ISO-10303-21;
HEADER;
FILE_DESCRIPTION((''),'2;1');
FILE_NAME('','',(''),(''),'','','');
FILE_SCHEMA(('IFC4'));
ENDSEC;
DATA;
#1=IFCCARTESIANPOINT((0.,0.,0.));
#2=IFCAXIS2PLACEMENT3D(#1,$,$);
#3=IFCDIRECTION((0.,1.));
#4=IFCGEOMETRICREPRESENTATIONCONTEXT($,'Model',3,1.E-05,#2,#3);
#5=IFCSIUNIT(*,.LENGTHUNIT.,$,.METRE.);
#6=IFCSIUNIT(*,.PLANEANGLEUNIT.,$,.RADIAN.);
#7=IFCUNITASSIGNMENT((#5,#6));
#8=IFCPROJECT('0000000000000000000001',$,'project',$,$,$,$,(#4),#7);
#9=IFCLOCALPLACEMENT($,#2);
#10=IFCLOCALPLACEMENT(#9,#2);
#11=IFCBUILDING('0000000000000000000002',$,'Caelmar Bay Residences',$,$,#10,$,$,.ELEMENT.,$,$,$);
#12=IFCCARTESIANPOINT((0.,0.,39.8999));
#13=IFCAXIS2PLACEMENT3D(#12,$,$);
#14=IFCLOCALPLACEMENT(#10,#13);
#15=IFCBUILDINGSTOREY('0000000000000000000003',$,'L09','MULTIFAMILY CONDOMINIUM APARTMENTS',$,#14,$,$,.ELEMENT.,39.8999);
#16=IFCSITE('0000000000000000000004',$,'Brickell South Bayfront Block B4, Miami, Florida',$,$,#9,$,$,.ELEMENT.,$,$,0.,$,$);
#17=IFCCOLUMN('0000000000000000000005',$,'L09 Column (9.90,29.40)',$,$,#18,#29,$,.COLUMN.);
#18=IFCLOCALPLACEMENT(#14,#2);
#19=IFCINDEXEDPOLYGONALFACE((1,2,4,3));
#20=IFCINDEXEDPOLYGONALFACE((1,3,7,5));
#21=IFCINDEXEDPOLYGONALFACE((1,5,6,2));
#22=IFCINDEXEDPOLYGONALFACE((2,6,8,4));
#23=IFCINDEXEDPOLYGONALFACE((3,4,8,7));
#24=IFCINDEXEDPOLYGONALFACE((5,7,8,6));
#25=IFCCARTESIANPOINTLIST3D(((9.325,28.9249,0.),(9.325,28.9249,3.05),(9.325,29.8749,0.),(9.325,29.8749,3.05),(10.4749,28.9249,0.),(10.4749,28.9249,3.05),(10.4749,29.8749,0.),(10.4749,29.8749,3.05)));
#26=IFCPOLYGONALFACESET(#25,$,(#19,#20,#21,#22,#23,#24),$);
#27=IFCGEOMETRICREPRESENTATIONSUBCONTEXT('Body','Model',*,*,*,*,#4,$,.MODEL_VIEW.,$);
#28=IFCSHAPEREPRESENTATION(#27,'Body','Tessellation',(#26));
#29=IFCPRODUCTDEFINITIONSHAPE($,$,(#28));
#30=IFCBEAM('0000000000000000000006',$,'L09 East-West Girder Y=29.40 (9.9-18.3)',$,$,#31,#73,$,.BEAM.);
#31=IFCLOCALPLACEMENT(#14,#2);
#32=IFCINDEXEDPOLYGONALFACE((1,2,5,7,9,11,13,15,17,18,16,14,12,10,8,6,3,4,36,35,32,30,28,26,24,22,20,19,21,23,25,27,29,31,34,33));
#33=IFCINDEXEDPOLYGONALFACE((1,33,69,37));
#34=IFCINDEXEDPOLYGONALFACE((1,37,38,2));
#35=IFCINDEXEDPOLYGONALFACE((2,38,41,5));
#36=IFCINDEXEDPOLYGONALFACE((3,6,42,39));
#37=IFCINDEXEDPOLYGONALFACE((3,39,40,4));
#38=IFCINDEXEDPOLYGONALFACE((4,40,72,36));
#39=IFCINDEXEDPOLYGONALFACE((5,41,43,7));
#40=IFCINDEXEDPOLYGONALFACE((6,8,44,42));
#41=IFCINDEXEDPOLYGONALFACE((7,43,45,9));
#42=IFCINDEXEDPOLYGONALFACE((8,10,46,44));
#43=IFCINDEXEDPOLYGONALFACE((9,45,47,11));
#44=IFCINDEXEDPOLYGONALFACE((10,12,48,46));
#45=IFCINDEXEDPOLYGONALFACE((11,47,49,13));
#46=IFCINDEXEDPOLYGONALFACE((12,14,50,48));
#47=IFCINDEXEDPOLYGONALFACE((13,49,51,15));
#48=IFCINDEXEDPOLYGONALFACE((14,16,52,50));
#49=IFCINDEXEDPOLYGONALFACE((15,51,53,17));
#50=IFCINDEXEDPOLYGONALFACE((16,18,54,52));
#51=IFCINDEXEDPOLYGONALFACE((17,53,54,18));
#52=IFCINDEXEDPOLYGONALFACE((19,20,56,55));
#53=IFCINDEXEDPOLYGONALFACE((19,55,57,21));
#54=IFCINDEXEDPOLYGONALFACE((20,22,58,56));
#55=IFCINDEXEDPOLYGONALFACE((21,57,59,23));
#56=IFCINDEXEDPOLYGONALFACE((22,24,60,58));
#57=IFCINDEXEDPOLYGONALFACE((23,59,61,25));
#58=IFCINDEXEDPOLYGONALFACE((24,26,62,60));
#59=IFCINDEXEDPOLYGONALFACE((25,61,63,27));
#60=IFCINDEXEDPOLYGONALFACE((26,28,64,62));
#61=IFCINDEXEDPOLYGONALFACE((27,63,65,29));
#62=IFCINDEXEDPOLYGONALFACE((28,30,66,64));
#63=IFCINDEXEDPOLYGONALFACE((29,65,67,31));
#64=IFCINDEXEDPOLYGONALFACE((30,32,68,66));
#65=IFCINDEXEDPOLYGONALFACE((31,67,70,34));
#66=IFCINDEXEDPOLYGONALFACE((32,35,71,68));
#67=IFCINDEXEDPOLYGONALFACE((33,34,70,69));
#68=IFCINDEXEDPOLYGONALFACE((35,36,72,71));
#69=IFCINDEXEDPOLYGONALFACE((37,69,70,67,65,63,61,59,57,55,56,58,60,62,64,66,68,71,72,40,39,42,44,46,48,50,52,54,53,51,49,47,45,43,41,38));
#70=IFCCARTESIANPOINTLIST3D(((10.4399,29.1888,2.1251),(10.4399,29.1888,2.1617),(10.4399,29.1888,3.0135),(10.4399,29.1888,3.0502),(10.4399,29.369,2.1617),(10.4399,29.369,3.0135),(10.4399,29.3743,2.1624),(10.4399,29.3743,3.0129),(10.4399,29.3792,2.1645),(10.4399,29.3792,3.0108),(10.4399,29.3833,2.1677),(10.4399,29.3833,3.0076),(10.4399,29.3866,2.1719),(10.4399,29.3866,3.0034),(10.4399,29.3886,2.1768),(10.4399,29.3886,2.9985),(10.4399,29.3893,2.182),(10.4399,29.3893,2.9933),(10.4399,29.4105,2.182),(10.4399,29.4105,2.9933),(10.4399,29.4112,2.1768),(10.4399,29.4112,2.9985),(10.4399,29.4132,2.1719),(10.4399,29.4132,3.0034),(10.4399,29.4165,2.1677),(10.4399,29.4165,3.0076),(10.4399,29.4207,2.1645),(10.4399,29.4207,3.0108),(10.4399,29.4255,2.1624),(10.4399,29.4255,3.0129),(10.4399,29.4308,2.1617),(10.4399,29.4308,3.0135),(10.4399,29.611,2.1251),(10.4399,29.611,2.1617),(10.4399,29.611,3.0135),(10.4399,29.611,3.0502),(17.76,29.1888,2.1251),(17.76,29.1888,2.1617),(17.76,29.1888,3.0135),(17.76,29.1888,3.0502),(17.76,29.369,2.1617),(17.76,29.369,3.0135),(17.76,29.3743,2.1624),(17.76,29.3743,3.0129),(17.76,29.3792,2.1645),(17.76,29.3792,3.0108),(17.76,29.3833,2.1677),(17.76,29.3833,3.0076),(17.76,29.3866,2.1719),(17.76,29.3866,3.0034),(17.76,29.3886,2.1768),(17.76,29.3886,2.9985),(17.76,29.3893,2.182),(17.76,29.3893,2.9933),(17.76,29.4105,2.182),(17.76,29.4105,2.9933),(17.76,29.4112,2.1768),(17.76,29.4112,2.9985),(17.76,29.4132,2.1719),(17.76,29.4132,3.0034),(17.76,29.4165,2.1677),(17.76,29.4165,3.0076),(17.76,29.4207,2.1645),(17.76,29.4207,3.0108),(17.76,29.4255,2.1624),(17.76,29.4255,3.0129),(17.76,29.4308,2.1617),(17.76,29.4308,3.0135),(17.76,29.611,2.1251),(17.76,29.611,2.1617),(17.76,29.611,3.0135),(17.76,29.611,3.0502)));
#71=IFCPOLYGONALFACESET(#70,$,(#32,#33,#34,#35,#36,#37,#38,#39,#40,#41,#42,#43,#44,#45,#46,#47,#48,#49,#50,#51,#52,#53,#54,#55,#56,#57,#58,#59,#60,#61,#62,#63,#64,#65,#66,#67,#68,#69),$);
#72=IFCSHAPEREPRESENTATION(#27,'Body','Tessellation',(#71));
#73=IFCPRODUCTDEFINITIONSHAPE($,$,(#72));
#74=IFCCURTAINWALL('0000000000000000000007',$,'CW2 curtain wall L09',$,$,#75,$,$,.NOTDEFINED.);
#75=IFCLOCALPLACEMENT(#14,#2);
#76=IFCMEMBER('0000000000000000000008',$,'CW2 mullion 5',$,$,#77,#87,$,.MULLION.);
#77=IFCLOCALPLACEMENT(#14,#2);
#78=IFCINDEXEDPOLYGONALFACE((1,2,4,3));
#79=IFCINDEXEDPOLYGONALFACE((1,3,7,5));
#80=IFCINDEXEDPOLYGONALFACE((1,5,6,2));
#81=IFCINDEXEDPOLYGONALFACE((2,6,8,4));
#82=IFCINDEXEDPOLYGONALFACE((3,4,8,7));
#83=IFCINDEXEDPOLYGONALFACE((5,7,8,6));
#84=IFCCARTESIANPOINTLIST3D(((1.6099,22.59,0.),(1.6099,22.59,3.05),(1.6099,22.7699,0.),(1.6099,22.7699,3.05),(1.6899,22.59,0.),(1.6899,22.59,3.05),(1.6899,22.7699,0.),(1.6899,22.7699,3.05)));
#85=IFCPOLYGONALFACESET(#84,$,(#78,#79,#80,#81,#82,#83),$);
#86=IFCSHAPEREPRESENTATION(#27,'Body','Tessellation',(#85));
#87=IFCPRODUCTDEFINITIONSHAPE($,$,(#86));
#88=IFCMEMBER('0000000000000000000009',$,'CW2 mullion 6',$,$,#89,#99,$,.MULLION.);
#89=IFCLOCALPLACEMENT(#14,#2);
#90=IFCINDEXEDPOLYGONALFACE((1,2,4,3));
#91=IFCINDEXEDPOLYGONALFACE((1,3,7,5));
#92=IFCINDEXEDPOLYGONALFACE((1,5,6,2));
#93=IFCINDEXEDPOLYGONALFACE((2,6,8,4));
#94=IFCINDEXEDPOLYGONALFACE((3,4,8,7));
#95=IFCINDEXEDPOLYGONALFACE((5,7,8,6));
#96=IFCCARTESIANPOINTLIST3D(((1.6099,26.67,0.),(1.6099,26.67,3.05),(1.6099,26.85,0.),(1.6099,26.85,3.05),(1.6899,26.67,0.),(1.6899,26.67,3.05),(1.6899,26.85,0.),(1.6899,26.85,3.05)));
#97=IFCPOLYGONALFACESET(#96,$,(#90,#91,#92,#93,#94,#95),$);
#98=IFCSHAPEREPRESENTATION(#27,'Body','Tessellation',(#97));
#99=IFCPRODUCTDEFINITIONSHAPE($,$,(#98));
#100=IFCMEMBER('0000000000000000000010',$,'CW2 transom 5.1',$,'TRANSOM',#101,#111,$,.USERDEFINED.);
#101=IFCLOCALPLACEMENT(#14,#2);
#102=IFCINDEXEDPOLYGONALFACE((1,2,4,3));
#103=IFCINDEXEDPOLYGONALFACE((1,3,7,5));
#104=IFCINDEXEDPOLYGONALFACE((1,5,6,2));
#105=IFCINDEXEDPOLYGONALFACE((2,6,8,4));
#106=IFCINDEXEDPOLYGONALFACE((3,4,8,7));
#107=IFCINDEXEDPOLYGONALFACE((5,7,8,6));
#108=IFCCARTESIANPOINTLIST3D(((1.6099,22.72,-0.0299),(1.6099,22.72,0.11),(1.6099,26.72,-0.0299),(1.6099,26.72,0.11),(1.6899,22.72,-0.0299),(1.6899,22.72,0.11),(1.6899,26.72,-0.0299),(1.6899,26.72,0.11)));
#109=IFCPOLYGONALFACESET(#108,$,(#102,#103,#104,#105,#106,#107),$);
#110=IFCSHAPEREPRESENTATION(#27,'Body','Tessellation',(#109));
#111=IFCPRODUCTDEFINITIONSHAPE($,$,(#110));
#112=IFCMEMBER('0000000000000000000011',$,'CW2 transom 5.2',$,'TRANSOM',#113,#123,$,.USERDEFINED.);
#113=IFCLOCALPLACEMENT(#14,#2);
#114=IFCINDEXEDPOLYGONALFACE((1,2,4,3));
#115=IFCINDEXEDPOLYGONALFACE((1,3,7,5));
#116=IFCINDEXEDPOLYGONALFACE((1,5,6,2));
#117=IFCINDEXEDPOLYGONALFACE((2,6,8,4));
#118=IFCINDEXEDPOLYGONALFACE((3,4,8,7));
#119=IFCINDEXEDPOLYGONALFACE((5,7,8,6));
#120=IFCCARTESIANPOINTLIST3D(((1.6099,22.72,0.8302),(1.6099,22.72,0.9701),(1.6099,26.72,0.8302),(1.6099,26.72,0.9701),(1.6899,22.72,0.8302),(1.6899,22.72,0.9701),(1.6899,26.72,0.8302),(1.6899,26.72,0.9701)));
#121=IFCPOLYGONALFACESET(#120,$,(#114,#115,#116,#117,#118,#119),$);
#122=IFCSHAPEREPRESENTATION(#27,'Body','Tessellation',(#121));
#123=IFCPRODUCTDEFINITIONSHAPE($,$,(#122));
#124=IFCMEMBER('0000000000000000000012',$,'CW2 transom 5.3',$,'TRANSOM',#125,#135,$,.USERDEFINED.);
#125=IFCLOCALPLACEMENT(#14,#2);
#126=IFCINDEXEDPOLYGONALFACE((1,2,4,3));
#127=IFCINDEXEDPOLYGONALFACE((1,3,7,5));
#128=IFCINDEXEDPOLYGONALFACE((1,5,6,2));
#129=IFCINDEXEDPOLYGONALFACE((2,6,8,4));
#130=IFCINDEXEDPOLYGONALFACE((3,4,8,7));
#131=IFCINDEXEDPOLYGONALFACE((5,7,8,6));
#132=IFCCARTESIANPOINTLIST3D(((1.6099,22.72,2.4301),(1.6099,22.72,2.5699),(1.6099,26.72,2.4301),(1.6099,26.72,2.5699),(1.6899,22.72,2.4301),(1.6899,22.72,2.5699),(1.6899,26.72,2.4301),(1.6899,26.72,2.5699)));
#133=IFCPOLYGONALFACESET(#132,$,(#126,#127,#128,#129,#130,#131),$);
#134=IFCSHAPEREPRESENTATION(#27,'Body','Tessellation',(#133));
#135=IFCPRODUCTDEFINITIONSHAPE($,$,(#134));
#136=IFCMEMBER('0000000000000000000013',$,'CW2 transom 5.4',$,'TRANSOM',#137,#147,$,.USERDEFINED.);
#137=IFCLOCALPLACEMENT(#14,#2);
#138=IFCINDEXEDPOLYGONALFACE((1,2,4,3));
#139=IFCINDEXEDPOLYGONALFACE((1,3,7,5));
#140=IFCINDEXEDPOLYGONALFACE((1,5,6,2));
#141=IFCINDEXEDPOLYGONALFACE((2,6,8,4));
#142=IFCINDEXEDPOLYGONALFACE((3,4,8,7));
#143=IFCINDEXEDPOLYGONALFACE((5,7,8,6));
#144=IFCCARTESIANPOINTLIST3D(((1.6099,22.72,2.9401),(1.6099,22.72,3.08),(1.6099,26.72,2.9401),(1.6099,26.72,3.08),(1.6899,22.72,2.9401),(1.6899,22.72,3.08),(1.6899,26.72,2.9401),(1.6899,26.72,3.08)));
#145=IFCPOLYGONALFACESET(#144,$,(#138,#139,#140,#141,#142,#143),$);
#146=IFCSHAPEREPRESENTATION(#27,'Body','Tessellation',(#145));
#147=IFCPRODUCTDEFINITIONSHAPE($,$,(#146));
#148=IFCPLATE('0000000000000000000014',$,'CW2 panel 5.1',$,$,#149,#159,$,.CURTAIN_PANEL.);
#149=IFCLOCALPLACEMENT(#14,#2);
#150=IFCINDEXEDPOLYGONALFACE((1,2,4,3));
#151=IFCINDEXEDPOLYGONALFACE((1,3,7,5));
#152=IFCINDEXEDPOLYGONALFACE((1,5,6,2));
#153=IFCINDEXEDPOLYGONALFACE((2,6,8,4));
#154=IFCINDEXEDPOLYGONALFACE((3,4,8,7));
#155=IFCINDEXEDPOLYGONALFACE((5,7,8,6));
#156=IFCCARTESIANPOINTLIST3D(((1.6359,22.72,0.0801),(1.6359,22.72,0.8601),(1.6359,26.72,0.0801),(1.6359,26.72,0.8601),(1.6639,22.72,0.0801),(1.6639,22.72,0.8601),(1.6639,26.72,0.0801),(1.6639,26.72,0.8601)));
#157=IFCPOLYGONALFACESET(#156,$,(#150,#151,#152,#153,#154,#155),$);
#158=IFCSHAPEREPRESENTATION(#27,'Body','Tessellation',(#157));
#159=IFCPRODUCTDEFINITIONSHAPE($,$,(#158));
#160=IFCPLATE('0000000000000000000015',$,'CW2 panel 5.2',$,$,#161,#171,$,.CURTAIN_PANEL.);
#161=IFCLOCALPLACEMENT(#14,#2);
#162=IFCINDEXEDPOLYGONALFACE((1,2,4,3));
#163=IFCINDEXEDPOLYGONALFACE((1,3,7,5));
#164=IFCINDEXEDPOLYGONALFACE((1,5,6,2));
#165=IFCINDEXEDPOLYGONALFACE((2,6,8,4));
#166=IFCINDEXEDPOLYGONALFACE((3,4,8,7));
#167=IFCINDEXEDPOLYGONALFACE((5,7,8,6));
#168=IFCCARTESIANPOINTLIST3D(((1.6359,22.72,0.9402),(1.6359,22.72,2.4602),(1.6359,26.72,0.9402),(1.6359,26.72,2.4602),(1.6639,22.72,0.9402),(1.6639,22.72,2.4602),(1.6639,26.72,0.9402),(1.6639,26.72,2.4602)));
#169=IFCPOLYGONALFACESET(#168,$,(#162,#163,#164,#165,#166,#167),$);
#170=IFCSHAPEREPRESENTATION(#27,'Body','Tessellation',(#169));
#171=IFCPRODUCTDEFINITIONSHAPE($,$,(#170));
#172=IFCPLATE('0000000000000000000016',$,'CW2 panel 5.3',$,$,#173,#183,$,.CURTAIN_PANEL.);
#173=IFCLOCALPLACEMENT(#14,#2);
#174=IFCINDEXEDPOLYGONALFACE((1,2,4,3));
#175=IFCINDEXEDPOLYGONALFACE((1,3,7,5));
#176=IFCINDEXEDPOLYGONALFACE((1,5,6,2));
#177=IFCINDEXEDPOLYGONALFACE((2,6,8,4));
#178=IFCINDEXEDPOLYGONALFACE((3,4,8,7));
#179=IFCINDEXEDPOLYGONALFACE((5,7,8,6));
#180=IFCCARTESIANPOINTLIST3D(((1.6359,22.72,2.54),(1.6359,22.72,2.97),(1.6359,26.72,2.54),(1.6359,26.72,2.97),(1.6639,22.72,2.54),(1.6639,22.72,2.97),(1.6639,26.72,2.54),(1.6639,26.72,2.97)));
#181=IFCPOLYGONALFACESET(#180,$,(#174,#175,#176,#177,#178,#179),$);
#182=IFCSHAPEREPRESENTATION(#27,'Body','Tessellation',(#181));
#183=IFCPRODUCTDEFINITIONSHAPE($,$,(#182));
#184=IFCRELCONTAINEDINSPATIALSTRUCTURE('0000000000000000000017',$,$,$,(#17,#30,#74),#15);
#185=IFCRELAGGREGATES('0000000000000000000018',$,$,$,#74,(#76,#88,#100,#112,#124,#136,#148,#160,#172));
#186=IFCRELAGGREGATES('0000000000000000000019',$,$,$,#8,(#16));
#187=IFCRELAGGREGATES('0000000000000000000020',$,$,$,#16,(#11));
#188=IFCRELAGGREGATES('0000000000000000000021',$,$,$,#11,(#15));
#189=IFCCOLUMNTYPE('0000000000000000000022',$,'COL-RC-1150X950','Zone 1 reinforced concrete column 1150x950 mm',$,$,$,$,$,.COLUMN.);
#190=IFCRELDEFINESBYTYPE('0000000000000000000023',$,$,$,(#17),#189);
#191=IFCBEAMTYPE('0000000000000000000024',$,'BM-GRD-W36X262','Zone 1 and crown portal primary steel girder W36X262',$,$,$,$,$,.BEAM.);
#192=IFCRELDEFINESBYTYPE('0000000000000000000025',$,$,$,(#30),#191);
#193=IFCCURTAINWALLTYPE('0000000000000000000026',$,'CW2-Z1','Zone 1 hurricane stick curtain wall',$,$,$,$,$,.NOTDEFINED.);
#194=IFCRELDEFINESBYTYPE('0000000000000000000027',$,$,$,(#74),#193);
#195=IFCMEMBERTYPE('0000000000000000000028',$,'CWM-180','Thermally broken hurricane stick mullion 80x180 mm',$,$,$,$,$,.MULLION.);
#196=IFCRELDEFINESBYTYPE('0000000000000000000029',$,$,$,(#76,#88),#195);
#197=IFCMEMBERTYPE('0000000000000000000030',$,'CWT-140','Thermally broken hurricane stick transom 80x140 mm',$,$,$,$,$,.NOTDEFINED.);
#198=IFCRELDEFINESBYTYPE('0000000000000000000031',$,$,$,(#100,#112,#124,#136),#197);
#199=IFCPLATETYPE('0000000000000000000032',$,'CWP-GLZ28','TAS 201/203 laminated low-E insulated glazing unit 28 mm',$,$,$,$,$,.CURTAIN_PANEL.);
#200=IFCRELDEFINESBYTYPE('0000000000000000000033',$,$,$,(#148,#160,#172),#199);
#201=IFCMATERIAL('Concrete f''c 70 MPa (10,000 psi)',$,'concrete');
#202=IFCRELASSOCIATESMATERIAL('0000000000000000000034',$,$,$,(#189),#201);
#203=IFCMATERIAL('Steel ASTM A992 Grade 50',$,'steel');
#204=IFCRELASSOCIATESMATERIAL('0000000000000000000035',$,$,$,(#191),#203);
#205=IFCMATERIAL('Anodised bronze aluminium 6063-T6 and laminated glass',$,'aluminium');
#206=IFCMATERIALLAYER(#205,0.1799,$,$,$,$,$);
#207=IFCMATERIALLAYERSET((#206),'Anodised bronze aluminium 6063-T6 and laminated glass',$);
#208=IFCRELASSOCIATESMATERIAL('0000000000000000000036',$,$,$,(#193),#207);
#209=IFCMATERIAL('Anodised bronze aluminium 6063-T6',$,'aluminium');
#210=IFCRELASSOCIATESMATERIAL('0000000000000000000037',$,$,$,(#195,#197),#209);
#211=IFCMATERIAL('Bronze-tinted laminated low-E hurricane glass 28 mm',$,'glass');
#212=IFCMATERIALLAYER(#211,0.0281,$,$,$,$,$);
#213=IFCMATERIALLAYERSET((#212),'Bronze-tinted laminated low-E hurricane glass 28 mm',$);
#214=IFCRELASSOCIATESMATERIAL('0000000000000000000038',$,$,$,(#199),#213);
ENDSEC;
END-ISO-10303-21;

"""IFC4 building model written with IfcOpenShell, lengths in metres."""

from ifc_helpers import new_model, si_unit, direction, frame, origin, origin_2d, place, context, subcontext, project, spatial, rectangle, i_section, extrude, material, layer, layer_set, material_profile, profile_set, type_object, element, aggregate, save


model = new_model("IFC4")

# Units and contexts
model_context = context("Model", 3, precision=1e-05, world=origin(), true_north=direction((0.0, 1.0)))
body_context = subcontext(model_context, "Body", "Model", "MODEL_VIEW")
ifc_project = project(units=[si_unit("LENGTHUNIT", "METRE"), si_unit("PLANEANGLEUNIT", "RADIAN")], contexts=[model_context])

# Site, building, storey
site_placement = place(None, origin())
site = spatial("IfcSite", under=ifc_project, at=site_placement, Name="Brickell South Bayfront Block B4, Miami, Florida", CompositionType="ELEMENT", RefElevation=0.0)
building_placement = place(site_placement, origin())
building = spatial("IfcBuilding", under=site, at=building_placement, Name="Caelmar Bay Residences", CompositionType="ELEMENT")
storey_placement = place(building_placement, frame((0.0, 0.0, 39.8999)))
storey = spatial("IfcBuildingStorey", under=building, at=storey_placement, Name="L09", Description="MULTIFAMILY CONDOMINIUM APARTMENTS", CompositionType="ELEMENT", Elevation=39.8999)

# Column
ifc_material_1 = material(Name="Concrete f'c 70 MPa (10,000 psi)", Category="concrete")
ifc_material_profile_1 = material_profile(ifc_material_1, rectangle(XDim=1.1499, YDim=0.95, at=origin_2d()), Name="RC-COL-1150X950")
ifc_profile_set_1 = profile_set([ifc_material_profile_1], Name="Concrete f'c 70 MPa (10,000 psi)")
column_type = type_object("IfcColumnType", Name="COL-RC-1150X950", Description="Zone 1 reinforced concrete column 1150x950 mm", PredefinedType="COLUMN", material=ifc_profile_set_1)
column_placement = place(storey_placement, frame((9.8999, 29.3999, 0.0), z_axis=(0.0, 0.0, 1.0), x_axis=(1.0, 0.0, 0.0)))
element("IfcColumn", 1, at=column_placement, inside=storey, type_object=column_type, Name="L09 Column (9.90,29.40)", PredefinedType="COLUMN", context=body_context, shape_type="SweptSolid", body=[
    extrude(rectangle(XDim=1.1499, YDim=0.95, at=origin_2d()), origin(), (0.0, 0.0, 1.0), 3.05),
])

# Beam
ifc_material_2 = material(Name="Steel ASTM A992 Grade 50", Category="steel")
ifc_material_profile_2 = material_profile(ifc_material_2, i_section(OverallWidth=0.4221, OverallDepth=0.925, WebThickness=0.0212, FlangeThickness=0.0366, FilletRadius=0.0203, at=origin_2d()), Name="W36X262")
ifc_profile_set_2 = profile_set([ifc_material_profile_2], Name="Steel ASTM A992 Grade 50")
beam_type = type_object("IfcBeamType", Name="BM-GRD-W36X262", Description="Zone 1 and crown portal primary steel girder W36X262", PredefinedType="BEAM", material=ifc_profile_set_2)
beam_placement = place(storey_placement, frame((10.4399, 29.3999, 2.5876), z_axis=(1.0, 0.0, 0.0), x_axis=(0.0, 1.0, 0.0)))
element("IfcBeam", 2, at=beam_placement, inside=storey, type_object=beam_type, Name="L09 East-West Girder Y=29.40 (9.9-18.3)", PredefinedType="BEAM", context=body_context, shape_type="SweptSolid", body=[
    extrude(i_section(OverallWidth=0.4221, OverallDepth=0.925, WebThickness=0.0212, FlangeThickness=0.0366, FilletRadius=0.0203, at=origin_2d()), origin(), (0.0, 0.0, 1.0), 7.3201),
])

# Curtain wall, members, plates
ifc_material_3 = material(Name="Anodised bronze aluminium 6063-T6 and laminated glass", Category="aluminium")
ifc_layer_1 = layer(ifc_material_3, 0.1799)
ifc_layer_set_1 = layer_set([ifc_layer_1], Name="Anodised bronze aluminium 6063-T6 and laminated glass")
curtain_wall_type = type_object("IfcCurtainWallType", Name="CW2-Z1", Description="Zone 1 hurricane stick curtain wall", PredefinedType="NOTDEFINED", material=ifc_layer_set_1)
curtain_wall_placement = place(storey_placement, origin())
curtain_wall = element("IfcCurtainWall", 3, at=curtain_wall_placement, inside=storey, type_object=curtain_wall_type, Name="CW2 curtain wall L09", PredefinedType="NOTDEFINED")
ifc_material_4 = material(Name="Anodised bronze aluminium 6063-T6", Category="aluminium")
ifc_material_profile_3 = material_profile(ifc_material_4, rectangle(XDim=0.0801, YDim=0.1799, at=origin_2d()), Name="CWM-80X180")
ifc_profile_set_3 = profile_set([ifc_material_profile_3], Name="Anodised bronze aluminium 6063-T6")
member_type_1 = type_object("IfcMemberType", Name="CWM-180", Description="Thermally broken hurricane stick mullion 80x180 mm", PredefinedType="MULLION", material=ifc_profile_set_3)
member_1_placement = place(storey_placement, frame((1.6499, 22.6799, 0.0), z_axis=(0.0, 0.0, 1.0), x_axis=(-1.0, 0.0, 0.0)))
member_1 = element("IfcMember", 4, at=member_1_placement, type_object=member_type_1, Name="CW2 mullion 5", PredefinedType="MULLION", context=body_context, shape_type="SweptSolid", body=[
    extrude(rectangle(XDim=0.0801, YDim=0.1799, at=origin_2d()), origin(), (0.0, 0.0, 1.0), 3.05),
])
member_2_placement = place(storey_placement, frame((1.6499, 26.76, 0.0), z_axis=(0.0, 0.0, 1.0), x_axis=(-1.0, 0.0, 0.0)))
member_2 = element("IfcMember", 5, at=member_2_placement, type_object=member_type_1, Name="CW2 mullion 6", PredefinedType="MULLION", context=body_context, shape_type="SweptSolid", body=[
    extrude(rectangle(XDim=0.0801, YDim=0.1799, at=origin_2d()), origin(), (0.0, 0.0, 1.0), 3.05),
])
ifc_material_profile_4 = material_profile(ifc_material_4, rectangle(XDim=0.0801, YDim=0.1399, at=origin_2d()), Name="CWT-80X140")
ifc_profile_set_4 = profile_set([ifc_material_profile_4], Name="Anodised bronze aluminium 6063-T6")
member_type_2 = type_object("IfcMemberType", Name="CWT-140", Description="Thermally broken hurricane stick transom 80x140 mm", PredefinedType="NOTDEFINED", material=ifc_profile_set_4)
member_3_placement = place(storey_placement, frame((1.6499, 22.72, 0.04), z_axis=(0.0, 1.0, 0.0), x_axis=(-1.0, 0.0, 0.0)))
member_3 = element("IfcMember", 6, at=member_3_placement, type_object=member_type_2, Name="CW2 transom 5.1", ObjectType="TRANSOM", PredefinedType="USERDEFINED", context=body_context, shape_type="SweptSolid", body=[
    extrude(rectangle(XDim=0.0801, YDim=0.1399, at=origin_2d()), origin(), (0.0, 0.0, 1.0), 4.0),
])
member_4_placement = place(storey_placement, frame((1.6499, 22.72, 0.9001), z_axis=(0.0, 1.0, 0.0), x_axis=(-1.0, 0.0, 0.0)))
member_4 = element("IfcMember", 7, at=member_4_placement, type_object=member_type_2, Name="CW2 transom 5.2", ObjectType="TRANSOM", PredefinedType="USERDEFINED", context=body_context, shape_type="SweptSolid", body=[
    extrude(rectangle(XDim=0.0801, YDim=0.1399, at=origin_2d()), origin(), (0.0, 0.0, 1.0), 4.0),
])
member_5_placement = place(storey_placement, frame((1.6499, 22.72, 2.5), z_axis=(0.0, 1.0, 0.0), x_axis=(-1.0, 0.0, 0.0)))
member_5 = element("IfcMember", 8, at=member_5_placement, type_object=member_type_2, Name="CW2 transom 5.3", ObjectType="TRANSOM", PredefinedType="USERDEFINED", context=body_context, shape_type="SweptSolid", body=[
    extrude(rectangle(XDim=0.0801, YDim=0.1399, at=origin_2d()), origin(), (0.0, 0.0, 1.0), 4.0),
])
member_6_placement = place(storey_placement, frame((1.6499, 22.72, 3.01), z_axis=(0.0, 1.0, 0.0), x_axis=(-1.0, 0.0, 0.0)))
member_6 = element("IfcMember", 9, at=member_6_placement, type_object=member_type_2, Name="CW2 transom 5.4", ObjectType="TRANSOM", PredefinedType="USERDEFINED", context=body_context, shape_type="SweptSolid", body=[
    extrude(rectangle(XDim=0.0801, YDim=0.1399, at=origin_2d()), origin(), (0.0, 0.0, 1.0), 4.0),
])
ifc_material_5 = material(Name="Bronze-tinted laminated low-E hurricane glass 28 mm", Category="glass")
ifc_layer_2 = layer(ifc_material_5, 0.0281)
ifc_layer_set_2 = layer_set([ifc_layer_2], Name="Bronze-tinted laminated low-E hurricane glass 28 mm")
plate_type = type_object("IfcPlateType", Name="CWP-GLZ28", Description="TAS 201/203 laminated low-E insulated glazing unit 28 mm", PredefinedType="CURTAIN_PANEL", material=ifc_layer_set_2)
plate_1_placement = place(storey_placement, frame((1.6499, 24.72, 0.0801), z_axis=(0.0, 0.0, 1.0), x_axis=(0.0, 1.0, 0.0)))
plate_1 = element("IfcPlate", 10, at=plate_1_placement, type_object=plate_type, Name="CW2 panel 5.1", PredefinedType="CURTAIN_PANEL", context=body_context, shape_type="SweptSolid", body=[
    extrude(rectangle(XDim=4.0, YDim=0.0281, at=origin_2d()), origin(), (0.0, 0.0, 1.0), 0.78),
])
plate_2_placement = place(storey_placement, frame((1.6499, 24.72, 0.9402), z_axis=(0.0, 0.0, 1.0), x_axis=(0.0, 1.0, 0.0)))
plate_2 = element("IfcPlate", 11, at=plate_2_placement, type_object=plate_type, Name="CW2 panel 5.2", PredefinedType="CURTAIN_PANEL", context=body_context, shape_type="SweptSolid", body=[
    extrude(rectangle(XDim=4.0, YDim=0.0281, at=origin_2d()), origin(), (0.0, 0.0, 1.0), 1.52),
])
plate_3_placement = place(storey_placement, frame((1.6499, 24.72, 2.54), z_axis=(0.0, 0.0, 1.0), x_axis=(0.0, 1.0, 0.0)))
plate_3 = element("IfcPlate", 12, at=plate_3_placement, type_object=plate_type, Name="CW2 panel 5.3", PredefinedType="CURTAIN_PANEL", context=body_context, shape_type="SweptSolid", body=[
    extrude(rectangle(XDim=4.0, YDim=0.0281, at=origin_2d()), origin(), (0.0, 0.0, 1.0), 0.4299),
])
aggregate(curtain_wall, [member_1, member_2, member_3, member_4, member_5, member_6, plate_1, plate_2, plate_3])

save(model, "model.ifc")
